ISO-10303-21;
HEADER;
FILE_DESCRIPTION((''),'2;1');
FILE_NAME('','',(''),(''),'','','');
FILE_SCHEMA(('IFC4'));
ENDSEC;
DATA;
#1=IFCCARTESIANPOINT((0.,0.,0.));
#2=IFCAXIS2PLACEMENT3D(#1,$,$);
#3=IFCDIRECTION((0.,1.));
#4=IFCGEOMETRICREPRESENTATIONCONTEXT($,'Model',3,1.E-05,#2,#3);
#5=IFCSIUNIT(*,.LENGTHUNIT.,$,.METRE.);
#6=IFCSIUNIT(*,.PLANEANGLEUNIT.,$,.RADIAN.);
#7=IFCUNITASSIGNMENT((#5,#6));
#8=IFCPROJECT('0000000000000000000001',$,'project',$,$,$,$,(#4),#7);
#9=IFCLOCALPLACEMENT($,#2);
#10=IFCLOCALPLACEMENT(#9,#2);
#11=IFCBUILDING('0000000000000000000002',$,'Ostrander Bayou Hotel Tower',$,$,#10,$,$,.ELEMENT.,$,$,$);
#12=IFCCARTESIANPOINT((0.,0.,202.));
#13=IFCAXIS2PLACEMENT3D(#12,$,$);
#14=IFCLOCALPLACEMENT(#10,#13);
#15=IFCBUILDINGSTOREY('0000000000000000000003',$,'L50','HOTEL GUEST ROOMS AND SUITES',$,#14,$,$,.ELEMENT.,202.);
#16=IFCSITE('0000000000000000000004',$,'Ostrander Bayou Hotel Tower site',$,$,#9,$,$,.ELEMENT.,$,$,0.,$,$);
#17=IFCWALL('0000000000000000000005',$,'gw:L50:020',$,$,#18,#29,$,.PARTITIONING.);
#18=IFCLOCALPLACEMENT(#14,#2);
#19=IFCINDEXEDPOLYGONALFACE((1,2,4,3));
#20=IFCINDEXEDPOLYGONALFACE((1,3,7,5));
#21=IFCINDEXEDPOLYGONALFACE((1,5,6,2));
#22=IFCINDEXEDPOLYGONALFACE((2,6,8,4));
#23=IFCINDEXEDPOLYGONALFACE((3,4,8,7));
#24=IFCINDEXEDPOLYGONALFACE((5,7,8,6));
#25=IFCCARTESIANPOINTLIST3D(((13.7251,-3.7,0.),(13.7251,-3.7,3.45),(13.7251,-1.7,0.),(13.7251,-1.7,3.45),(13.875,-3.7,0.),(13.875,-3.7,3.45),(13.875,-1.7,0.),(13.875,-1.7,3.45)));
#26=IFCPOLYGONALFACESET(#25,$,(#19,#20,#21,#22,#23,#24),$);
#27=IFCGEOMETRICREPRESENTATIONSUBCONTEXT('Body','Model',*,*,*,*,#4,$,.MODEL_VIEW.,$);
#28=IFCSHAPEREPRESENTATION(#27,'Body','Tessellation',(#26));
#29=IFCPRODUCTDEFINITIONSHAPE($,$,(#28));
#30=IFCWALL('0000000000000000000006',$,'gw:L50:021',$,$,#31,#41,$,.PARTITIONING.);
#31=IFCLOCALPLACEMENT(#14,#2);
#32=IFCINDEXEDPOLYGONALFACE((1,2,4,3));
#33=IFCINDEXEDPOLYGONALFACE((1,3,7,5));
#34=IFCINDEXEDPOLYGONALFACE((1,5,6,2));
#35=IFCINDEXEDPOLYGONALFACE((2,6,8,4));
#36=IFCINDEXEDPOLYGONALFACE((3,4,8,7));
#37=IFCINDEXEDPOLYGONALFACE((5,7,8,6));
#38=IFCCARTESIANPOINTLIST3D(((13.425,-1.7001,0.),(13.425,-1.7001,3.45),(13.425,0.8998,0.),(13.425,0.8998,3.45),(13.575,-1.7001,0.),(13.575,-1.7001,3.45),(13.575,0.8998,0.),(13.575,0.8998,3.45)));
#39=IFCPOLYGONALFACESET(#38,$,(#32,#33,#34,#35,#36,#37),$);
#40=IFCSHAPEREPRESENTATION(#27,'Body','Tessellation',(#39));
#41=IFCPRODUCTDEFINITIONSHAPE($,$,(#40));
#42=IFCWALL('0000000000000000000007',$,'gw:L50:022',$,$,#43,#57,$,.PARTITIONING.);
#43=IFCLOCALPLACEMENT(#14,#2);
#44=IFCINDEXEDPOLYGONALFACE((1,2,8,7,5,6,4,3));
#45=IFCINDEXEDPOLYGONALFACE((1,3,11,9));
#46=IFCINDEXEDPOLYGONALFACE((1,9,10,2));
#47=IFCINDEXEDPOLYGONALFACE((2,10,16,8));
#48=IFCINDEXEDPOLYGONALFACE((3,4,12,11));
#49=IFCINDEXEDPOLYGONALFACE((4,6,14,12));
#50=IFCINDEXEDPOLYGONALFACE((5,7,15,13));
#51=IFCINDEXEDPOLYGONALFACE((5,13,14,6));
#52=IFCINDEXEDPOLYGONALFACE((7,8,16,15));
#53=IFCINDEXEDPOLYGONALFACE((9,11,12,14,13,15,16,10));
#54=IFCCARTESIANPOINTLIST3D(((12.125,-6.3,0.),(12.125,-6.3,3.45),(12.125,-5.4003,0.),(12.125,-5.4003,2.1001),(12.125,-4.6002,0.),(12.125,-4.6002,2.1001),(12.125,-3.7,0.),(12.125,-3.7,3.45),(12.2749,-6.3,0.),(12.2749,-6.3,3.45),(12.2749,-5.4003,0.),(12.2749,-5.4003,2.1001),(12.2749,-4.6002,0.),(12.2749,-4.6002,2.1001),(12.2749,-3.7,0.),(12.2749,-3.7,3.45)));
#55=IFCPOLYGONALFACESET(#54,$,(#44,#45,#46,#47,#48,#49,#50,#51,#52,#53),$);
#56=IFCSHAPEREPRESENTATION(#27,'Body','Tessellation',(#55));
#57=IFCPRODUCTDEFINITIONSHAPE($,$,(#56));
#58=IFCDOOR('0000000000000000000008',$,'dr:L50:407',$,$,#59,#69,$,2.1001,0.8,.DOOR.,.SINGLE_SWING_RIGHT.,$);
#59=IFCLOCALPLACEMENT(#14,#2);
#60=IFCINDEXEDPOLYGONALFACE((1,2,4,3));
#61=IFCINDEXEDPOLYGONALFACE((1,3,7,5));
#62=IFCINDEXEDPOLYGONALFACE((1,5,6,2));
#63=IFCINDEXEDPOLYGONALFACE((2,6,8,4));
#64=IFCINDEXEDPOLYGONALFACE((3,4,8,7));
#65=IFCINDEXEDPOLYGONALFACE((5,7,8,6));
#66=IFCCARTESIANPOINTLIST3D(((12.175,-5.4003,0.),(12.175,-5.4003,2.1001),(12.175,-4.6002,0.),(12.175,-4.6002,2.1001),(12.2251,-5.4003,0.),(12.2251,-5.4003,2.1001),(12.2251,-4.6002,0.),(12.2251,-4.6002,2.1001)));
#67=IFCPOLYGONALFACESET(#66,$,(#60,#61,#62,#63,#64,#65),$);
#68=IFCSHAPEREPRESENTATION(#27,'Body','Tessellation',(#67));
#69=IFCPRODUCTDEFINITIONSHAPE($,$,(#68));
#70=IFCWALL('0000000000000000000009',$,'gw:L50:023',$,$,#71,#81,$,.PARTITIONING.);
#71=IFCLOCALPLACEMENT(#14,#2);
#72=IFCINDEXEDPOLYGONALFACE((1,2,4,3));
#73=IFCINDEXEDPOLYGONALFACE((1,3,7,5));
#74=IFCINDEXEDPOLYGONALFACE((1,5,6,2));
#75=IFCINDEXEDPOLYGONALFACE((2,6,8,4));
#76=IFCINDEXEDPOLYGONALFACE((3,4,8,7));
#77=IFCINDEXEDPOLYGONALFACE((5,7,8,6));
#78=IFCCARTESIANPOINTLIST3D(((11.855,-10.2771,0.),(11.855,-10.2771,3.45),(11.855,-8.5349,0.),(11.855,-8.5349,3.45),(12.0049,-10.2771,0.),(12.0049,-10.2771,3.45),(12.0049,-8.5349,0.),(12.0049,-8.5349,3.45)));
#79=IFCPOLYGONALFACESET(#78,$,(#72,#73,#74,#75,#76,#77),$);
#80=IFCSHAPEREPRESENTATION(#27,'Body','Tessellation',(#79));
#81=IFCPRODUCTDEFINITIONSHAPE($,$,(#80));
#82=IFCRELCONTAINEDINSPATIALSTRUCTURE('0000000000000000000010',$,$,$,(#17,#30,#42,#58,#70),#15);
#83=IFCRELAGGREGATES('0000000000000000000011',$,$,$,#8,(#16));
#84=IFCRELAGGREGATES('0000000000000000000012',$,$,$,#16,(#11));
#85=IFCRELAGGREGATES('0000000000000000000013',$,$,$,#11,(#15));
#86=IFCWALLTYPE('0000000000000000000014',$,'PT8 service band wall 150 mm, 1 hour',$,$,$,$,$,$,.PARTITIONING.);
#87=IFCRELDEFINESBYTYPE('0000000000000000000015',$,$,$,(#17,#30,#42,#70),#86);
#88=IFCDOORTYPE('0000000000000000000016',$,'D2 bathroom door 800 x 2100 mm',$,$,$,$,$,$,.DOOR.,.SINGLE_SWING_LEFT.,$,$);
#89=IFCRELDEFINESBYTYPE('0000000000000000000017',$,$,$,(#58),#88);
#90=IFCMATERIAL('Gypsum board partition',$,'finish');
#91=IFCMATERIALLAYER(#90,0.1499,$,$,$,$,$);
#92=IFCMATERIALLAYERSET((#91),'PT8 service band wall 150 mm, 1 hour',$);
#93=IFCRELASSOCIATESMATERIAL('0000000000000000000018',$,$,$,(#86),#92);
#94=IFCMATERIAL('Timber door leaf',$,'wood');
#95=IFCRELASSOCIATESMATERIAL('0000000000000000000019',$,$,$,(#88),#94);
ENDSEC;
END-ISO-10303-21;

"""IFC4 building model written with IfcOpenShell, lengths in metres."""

from ifc_helpers import new_model, si_unit, direction, frame, frame_2d, origin, place, context, subcontext, project, spatial, rectangle, extrude, material, layer, layer_set, type_object, element, fill, save


model = new_model("IFC4")

# Units and contexts
model_context = context("Model", 3, precision=1e-05, world=origin(), true_north=direction((0.0, 1.0)))
body_context = subcontext(model_context, "Body", "Model", "MODEL_VIEW")
ifc_project = project(units=[si_unit("LENGTHUNIT", "METRE"), si_unit("PLANEANGLEUNIT", "RADIAN")], contexts=[model_context])

# Site, building, storey
site_placement = place(None, origin())
site = spatial("IfcSite", under=ifc_project, at=site_placement, Name="Ostrander Bayou Hotel Tower site", CompositionType="ELEMENT", RefElevation=0.0)
building_placement = place(site_placement, origin())
building = spatial("IfcBuilding", under=site, at=building_placement, Name="Ostrander Bayou Hotel Tower", CompositionType="ELEMENT")
storey_placement = place(building_placement, frame((0.0, 0.0, 202.0)))
storey = spatial("IfcBuildingStorey", under=building, at=storey_placement, Name="L50", Description="HOTEL GUEST ROOMS AND SUITES", CompositionType="ELEMENT", Elevation=202.0)

# Walls
ifc_material_1 = material(Name="Gypsum board partition", Category="finish")
ifc_layer_1 = layer(ifc_material_1, 0.1499)
ifc_layer_set_1 = layer_set([ifc_layer_1], Name="PT8 service band wall 150 mm, 1 hour")
wall_type_1 = type_object("IfcWallType", Name="PT8 service band wall 150 mm, 1 hour", PredefinedType="PARTITIONING", material=ifc_layer_set_1)
wall_1_placement = place(storey_placement, frame((13.8, -3.7, 0.0), z_axis=(0.0, 0.0, 1.0), x_axis=(0.0, 1.0, 0.0)))
element("IfcWall", 1, at=wall_1_placement, inside=storey, type_object=wall_type_1, Name="gw:L50:020", PredefinedType="PARTITIONING", context=body_context, shape_type="SweptSolid", body=[
    extrude(rectangle(XDim=2.0, YDim=0.1499, at=frame_2d((1.0, 0.0))), origin(), (0.0, 0.0, 1.0), 3.45),
])
wall_2_placement = place(storey_placement, frame((13.5, -1.7, 0.0), z_axis=(0.0, 0.0, 1.0), x_axis=(0.0, 1.0, 0.0)))
element("IfcWall", 2, at=wall_2_placement, inside=storey, type_object=wall_type_1, Name="gw:L50:021", PredefinedType="PARTITIONING", context=body_context, shape_type="SweptSolid", body=[
    extrude(rectangle(XDim=2.5999, YDim=0.1499, at=frame_2d((1.2998, 0.0))), origin(), (0.0, 0.0, 1.0), 3.45),
])

# Wall, opening, door
wall_3_placement = place(storey_placement, frame((12.2, -6.3, 0.0), z_axis=(0.0, 0.0, 1.0), x_axis=(0.0, 1.0, 0.0)))
wall_3 = element("IfcWall", 3, at=wall_3_placement, inside=storey, type_object=wall_type_1, Name="gw:L50:022", PredefinedType="PARTITIONING", context=body_context, shape_type="SweptSolid", body=[
    extrude(rectangle(XDim=2.6001, YDim=0.1499, at=frame_2d((1.3, 0.0))), origin(), (0.0, 0.0, 1.0), 3.45),
])
opening_1_placement = place(wall_3_placement, frame((0.8999, 0.0, 0.0)))
opening_1 = element("IfcOpeningElement", 4, at=opening_1_placement, cuts=wall_3, PredefinedType="OPENING", context=body_context, shape_type="SweptSolid", body=[
    extrude(rectangle(XDim=0.8, YDim=2.1001, at=frame_2d((0.3999, 1.05))), frame((0.0, 0.075, 0.0), z_axis=(0.0, -1.0, 0.0), x_axis=(1.0, 0.0, 0.0)), (0.0, 0.0, 1.0), 0.1499),
])
ifc_material_2 = material(Name="Timber door leaf", Category="wood")
door_type = type_object("IfcDoorType", Name="D2 bathroom door 800 x 2100 mm", OperationType="SINGLE_SWING_LEFT", PredefinedType="DOOR", material=ifc_material_2)
door_placement = place(opening_1_placement, origin())
door = element("IfcDoor", 5, at=door_placement, inside=storey, type_object=door_type, Name="dr:L50:407", OperationType="SINGLE_SWING_RIGHT", OverallHeight=2.1001, OverallWidth=0.8, PredefinedType="DOOR", context=body_context, shape_type="SweptSolid", body=[
    extrude(rectangle(XDim=0.8, YDim=2.1001, at=frame_2d((0.3999, 1.05))), frame((0.0, 0.0249, 0.0), z_axis=(0.0, -1.0, 0.0), x_axis=(1.0, 0.0, 0.0)), (0.0, 0.0, 1.0), 0.05),
])
fill(opening_1, door)

# Wall
wall_4_placement = place(storey_placement, frame((11.9299, -10.2771, 0.0), z_axis=(0.0, 0.0, 1.0), x_axis=(0.0, 1.0, 0.0)))
element("IfcWall", 6, at=wall_4_placement, inside=storey, type_object=wall_type_1, Name="gw:L50:023", PredefinedType="PARTITIONING", context=body_context, shape_type="SweptSolid", body=[
    extrude(rectangle(XDim=1.7422, YDim=0.1499, at=frame_2d((0.8711, 0.0))), origin(), (0.0, 0.0, 1.0), 3.45),
])

save(model, "model.ifc")
